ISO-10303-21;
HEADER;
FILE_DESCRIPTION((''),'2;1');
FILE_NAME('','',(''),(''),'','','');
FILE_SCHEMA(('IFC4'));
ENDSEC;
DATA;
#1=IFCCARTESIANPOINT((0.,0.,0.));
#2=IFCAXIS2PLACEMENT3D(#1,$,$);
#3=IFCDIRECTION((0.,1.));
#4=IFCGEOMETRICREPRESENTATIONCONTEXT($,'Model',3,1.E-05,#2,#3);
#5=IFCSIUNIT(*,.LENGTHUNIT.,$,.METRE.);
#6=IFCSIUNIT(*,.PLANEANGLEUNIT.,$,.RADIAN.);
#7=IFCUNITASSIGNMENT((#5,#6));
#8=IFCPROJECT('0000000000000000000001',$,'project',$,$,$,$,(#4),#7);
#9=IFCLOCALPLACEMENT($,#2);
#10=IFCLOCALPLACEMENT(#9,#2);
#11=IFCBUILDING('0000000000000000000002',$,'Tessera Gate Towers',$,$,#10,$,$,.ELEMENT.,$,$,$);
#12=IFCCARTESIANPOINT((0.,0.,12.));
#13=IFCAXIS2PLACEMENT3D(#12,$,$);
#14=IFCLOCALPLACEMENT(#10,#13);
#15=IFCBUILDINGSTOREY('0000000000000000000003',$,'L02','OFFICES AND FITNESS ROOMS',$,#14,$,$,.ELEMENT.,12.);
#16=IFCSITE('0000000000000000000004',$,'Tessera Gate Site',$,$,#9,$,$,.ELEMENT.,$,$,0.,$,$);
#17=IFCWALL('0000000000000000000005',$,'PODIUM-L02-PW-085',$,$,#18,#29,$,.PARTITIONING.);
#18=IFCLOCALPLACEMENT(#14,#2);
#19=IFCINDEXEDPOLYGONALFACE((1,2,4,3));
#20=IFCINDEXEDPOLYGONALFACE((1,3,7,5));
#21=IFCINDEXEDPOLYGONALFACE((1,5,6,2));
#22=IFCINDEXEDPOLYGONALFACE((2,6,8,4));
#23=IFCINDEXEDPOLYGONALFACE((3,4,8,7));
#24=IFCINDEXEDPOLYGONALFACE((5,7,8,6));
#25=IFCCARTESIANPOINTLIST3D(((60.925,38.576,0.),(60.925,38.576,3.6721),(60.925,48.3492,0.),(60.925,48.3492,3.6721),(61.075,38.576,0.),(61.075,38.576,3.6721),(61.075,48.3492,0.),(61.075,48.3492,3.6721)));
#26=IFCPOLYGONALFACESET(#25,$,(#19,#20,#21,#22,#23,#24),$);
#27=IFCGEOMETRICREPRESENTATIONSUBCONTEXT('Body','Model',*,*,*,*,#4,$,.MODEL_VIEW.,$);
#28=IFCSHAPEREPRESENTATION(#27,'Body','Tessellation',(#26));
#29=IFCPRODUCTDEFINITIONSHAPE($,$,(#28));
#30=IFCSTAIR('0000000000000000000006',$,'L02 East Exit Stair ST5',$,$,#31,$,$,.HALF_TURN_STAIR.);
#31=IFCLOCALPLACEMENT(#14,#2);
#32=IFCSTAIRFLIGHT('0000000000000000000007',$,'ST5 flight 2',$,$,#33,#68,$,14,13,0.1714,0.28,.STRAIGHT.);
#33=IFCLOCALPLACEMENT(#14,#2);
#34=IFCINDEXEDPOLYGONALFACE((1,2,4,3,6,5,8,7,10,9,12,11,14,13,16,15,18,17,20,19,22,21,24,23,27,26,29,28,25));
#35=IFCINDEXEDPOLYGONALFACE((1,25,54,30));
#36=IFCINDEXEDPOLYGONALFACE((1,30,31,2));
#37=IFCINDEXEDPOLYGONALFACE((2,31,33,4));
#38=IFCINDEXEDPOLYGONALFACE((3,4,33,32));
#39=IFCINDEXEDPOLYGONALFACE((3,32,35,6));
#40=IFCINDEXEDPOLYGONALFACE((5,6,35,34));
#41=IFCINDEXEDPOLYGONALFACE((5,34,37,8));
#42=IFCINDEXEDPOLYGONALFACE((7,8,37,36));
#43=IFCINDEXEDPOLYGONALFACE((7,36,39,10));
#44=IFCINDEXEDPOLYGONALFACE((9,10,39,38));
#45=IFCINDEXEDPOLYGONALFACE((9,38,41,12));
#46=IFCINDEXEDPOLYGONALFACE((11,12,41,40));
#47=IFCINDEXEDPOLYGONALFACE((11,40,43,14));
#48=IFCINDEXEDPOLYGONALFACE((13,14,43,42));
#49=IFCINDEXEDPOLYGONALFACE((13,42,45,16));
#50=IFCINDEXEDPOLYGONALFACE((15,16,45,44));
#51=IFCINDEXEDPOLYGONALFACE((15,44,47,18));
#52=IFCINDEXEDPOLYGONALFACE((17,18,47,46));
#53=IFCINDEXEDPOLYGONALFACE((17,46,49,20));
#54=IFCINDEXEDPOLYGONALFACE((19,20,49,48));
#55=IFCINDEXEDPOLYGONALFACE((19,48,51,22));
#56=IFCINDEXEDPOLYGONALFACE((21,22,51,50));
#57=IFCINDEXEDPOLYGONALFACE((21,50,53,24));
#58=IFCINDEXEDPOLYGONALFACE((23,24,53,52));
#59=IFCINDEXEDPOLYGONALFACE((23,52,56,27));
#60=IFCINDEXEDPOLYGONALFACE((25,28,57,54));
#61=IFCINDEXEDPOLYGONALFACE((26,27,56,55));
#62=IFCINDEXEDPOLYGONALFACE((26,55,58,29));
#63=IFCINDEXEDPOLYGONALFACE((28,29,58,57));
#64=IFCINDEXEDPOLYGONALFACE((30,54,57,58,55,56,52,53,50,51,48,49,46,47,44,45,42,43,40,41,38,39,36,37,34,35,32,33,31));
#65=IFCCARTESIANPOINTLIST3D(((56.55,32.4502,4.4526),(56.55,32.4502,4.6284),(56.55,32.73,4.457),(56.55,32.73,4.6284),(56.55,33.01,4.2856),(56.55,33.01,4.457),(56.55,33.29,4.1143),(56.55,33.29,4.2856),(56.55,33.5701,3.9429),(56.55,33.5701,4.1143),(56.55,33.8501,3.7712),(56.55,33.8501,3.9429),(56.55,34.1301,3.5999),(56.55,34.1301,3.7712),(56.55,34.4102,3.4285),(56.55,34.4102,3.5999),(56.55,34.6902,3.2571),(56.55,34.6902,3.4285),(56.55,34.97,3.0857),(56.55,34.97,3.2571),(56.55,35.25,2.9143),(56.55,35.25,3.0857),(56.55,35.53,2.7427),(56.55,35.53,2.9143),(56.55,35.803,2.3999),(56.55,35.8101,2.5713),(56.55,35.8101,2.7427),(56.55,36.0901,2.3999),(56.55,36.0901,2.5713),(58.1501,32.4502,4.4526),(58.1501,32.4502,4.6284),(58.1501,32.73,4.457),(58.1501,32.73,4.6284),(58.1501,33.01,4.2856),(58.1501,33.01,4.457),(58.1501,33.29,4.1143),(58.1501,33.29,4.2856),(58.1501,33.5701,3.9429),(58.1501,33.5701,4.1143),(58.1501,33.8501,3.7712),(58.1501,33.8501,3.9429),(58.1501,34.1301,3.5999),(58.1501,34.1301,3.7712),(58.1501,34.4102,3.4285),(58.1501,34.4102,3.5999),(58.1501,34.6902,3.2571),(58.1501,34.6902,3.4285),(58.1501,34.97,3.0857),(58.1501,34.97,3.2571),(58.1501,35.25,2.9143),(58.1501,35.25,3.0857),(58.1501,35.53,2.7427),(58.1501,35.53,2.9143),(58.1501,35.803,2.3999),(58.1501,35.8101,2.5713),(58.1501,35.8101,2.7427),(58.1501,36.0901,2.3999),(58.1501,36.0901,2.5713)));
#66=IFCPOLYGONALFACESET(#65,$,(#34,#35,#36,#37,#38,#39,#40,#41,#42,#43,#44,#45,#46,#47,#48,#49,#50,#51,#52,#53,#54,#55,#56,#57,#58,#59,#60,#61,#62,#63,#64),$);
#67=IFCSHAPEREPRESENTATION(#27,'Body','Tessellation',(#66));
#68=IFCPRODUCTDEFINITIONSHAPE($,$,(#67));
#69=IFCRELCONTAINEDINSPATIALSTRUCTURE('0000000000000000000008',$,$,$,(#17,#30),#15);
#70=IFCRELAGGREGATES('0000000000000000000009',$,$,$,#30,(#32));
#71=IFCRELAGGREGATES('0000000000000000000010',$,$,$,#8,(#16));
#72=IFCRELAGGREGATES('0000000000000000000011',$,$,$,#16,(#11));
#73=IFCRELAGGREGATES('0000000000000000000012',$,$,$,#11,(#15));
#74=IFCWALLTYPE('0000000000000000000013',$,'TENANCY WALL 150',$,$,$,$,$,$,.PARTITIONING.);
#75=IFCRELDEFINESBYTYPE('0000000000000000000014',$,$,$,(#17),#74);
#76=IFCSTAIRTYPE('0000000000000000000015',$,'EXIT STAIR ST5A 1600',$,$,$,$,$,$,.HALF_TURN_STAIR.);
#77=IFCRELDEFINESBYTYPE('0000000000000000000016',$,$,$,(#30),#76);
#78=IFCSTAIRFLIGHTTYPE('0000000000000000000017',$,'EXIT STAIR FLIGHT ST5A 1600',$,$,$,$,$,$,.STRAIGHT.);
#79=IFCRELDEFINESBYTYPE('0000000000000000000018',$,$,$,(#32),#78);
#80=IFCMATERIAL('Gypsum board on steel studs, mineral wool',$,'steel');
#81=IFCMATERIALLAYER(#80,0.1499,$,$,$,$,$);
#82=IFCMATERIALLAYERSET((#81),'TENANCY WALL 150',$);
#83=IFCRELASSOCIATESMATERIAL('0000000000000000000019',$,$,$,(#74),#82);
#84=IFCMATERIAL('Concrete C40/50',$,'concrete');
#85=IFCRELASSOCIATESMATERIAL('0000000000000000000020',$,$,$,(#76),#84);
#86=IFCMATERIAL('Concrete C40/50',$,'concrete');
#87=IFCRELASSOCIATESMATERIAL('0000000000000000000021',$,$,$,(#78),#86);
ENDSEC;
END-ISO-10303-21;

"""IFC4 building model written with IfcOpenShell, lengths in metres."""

from ifc_helpers import new_model, si_unit, direction, frame, frame_2d, origin, place, context, subcontext, project, spatial, polyline, rectangle, outline, extrude, material, layer, layer_set, type_object, element, aggregate, save


model = new_model("IFC4")

# Units and contexts
model_context = context("Model", 3, precision=1e-05, world=origin(), true_north=direction((0.0, 1.0)))
body_context = subcontext(model_context, "Body", "Model", "MODEL_VIEW")
ifc_project = project(units=[si_unit("LENGTHUNIT", "METRE"), si_unit("PLANEANGLEUNIT", "RADIAN")], contexts=[model_context])

# Site, building, storey
site_placement = place(None, origin())
site = spatial("IfcSite", under=ifc_project, at=site_placement, Name="Tessera Gate Site", CompositionType="ELEMENT", RefElevation=0.0)
building_placement = place(site_placement, origin())
building = spatial("IfcBuilding", under=site, at=building_placement, Name="Tessera Gate Towers", CompositionType="ELEMENT")
storey_placement = place(building_placement, frame((0.0, 0.0, 12.0)))
storey = spatial("IfcBuildingStorey", under=building, at=storey_placement, Name="L02", Description="OFFICES AND FITNESS ROOMS", CompositionType="ELEMENT", Elevation=12.0)

# Shared definitions
ifc_material_1 = material(Name="Gypsum board on steel studs, mineral wool", Category="steel")
ifc_layer_1 = layer(ifc_material_1, 0.1499)
ifc_layer_set_1 = layer_set([ifc_layer_1], Name="TENANCY WALL 150")
wall_type_1 = type_object("IfcWallType", Name="TENANCY WALL 150", PredefinedType="PARTITIONING", material=ifc_layer_set_1)

# Wall
wall_1_placement = place(storey_placement, frame((61.0, 38.5759, 0.0), z_axis=(0.0, 0.0, 1.0), x_axis=(0.0, 1.0, 0.0)))
element("IfcWall", 1, at=wall_1_placement, inside=storey, type_object=wall_type_1, Name="PODIUM-L02-PW-085", PredefinedType="PARTITIONING", context=body_context, shape_type="SweptSolid", body=[
    extrude(rectangle(XDim=9.7732, YDim=0.1499, at=frame_2d((4.8867, 0.0))), origin(), (0.0, 0.0, 1.0), 3.6721),
])

# Stair, stair flight
ifc_material_2 = material(Name="Concrete C40/50", Category="concrete")
stair_type = type_object("IfcStairType", Name="EXIT STAIR ST5A 1600", PredefinedType="HALF_TURN_STAIR", material=ifc_material_2)
stair_placement = place(storey_placement, origin())
stair = element("IfcStair", 2, at=stair_placement, inside=storey, type_object=stair_type, Name="L02 East Exit Stair ST5", PredefinedType="HALF_TURN_STAIR")
ifc_material_3 = material(Name="Concrete C40/50", Category="concrete")
stair_flight_type = type_object("IfcStairFlightType", Name="EXIT STAIR FLIGHT ST5A 1600", PredefinedType="STRAIGHT", material=ifc_material_3)
stair_flight_placement = place(storey_placement, frame((57.3501, 36.0901, 2.3999), z_axis=(0.0, 0.0, 1.0), x_axis=(0.0, -1.0, 0.0)))
stair_flight = element("IfcStairFlight", 3, at=stair_flight_placement, type_object=stair_flight_type, Name="ST5 flight 2", NumberOfRisers=14, NumberOfTreads=13, PredefinedType="STRAIGHT", RiserHeight=0.1714, TreadLength=0.28, context=body_context, shape_type="SweptSolid", body=[
    extrude(outline(polyline([(0.0, 0.0), (0.0, 0.1714), (0.28, 0.1714), (0.28, 0.3428), (0.5601, 0.3428), (0.5601, 0.5144), (0.8401, 0.5144), (0.8401, 0.6858), (1.1201, 0.6858), (1.1201, 0.8572), (1.3999, 0.8572), (1.3999, 1.0286), (1.6799, 1.0286), (1.6799, 1.2), (1.96, 1.2), (1.96, 1.3713), (2.24, 1.3713), (2.24, 1.543), (2.52, 1.543), (2.52, 1.7144), (2.8, 1.7144), (2.8, 1.8857), (3.0801, 1.8857), (3.0801, 2.0571), (3.3601, 2.0571), (3.3601, 2.2285), (3.6399, 2.2285), (3.6399, 2.3999), (3.6399, 2.0527), (0.2871, 0.0), (0.0, 0.0)])), frame((0.0, 0.8, 0.0), z_axis=(0.0, -1.0, 0.0), x_axis=(1.0, 0.0, 0.0)), (0.0, 0.0, 1.0), 1.6001),
])
aggregate(stair, [stair_flight])

save(model, "model.ifc")
